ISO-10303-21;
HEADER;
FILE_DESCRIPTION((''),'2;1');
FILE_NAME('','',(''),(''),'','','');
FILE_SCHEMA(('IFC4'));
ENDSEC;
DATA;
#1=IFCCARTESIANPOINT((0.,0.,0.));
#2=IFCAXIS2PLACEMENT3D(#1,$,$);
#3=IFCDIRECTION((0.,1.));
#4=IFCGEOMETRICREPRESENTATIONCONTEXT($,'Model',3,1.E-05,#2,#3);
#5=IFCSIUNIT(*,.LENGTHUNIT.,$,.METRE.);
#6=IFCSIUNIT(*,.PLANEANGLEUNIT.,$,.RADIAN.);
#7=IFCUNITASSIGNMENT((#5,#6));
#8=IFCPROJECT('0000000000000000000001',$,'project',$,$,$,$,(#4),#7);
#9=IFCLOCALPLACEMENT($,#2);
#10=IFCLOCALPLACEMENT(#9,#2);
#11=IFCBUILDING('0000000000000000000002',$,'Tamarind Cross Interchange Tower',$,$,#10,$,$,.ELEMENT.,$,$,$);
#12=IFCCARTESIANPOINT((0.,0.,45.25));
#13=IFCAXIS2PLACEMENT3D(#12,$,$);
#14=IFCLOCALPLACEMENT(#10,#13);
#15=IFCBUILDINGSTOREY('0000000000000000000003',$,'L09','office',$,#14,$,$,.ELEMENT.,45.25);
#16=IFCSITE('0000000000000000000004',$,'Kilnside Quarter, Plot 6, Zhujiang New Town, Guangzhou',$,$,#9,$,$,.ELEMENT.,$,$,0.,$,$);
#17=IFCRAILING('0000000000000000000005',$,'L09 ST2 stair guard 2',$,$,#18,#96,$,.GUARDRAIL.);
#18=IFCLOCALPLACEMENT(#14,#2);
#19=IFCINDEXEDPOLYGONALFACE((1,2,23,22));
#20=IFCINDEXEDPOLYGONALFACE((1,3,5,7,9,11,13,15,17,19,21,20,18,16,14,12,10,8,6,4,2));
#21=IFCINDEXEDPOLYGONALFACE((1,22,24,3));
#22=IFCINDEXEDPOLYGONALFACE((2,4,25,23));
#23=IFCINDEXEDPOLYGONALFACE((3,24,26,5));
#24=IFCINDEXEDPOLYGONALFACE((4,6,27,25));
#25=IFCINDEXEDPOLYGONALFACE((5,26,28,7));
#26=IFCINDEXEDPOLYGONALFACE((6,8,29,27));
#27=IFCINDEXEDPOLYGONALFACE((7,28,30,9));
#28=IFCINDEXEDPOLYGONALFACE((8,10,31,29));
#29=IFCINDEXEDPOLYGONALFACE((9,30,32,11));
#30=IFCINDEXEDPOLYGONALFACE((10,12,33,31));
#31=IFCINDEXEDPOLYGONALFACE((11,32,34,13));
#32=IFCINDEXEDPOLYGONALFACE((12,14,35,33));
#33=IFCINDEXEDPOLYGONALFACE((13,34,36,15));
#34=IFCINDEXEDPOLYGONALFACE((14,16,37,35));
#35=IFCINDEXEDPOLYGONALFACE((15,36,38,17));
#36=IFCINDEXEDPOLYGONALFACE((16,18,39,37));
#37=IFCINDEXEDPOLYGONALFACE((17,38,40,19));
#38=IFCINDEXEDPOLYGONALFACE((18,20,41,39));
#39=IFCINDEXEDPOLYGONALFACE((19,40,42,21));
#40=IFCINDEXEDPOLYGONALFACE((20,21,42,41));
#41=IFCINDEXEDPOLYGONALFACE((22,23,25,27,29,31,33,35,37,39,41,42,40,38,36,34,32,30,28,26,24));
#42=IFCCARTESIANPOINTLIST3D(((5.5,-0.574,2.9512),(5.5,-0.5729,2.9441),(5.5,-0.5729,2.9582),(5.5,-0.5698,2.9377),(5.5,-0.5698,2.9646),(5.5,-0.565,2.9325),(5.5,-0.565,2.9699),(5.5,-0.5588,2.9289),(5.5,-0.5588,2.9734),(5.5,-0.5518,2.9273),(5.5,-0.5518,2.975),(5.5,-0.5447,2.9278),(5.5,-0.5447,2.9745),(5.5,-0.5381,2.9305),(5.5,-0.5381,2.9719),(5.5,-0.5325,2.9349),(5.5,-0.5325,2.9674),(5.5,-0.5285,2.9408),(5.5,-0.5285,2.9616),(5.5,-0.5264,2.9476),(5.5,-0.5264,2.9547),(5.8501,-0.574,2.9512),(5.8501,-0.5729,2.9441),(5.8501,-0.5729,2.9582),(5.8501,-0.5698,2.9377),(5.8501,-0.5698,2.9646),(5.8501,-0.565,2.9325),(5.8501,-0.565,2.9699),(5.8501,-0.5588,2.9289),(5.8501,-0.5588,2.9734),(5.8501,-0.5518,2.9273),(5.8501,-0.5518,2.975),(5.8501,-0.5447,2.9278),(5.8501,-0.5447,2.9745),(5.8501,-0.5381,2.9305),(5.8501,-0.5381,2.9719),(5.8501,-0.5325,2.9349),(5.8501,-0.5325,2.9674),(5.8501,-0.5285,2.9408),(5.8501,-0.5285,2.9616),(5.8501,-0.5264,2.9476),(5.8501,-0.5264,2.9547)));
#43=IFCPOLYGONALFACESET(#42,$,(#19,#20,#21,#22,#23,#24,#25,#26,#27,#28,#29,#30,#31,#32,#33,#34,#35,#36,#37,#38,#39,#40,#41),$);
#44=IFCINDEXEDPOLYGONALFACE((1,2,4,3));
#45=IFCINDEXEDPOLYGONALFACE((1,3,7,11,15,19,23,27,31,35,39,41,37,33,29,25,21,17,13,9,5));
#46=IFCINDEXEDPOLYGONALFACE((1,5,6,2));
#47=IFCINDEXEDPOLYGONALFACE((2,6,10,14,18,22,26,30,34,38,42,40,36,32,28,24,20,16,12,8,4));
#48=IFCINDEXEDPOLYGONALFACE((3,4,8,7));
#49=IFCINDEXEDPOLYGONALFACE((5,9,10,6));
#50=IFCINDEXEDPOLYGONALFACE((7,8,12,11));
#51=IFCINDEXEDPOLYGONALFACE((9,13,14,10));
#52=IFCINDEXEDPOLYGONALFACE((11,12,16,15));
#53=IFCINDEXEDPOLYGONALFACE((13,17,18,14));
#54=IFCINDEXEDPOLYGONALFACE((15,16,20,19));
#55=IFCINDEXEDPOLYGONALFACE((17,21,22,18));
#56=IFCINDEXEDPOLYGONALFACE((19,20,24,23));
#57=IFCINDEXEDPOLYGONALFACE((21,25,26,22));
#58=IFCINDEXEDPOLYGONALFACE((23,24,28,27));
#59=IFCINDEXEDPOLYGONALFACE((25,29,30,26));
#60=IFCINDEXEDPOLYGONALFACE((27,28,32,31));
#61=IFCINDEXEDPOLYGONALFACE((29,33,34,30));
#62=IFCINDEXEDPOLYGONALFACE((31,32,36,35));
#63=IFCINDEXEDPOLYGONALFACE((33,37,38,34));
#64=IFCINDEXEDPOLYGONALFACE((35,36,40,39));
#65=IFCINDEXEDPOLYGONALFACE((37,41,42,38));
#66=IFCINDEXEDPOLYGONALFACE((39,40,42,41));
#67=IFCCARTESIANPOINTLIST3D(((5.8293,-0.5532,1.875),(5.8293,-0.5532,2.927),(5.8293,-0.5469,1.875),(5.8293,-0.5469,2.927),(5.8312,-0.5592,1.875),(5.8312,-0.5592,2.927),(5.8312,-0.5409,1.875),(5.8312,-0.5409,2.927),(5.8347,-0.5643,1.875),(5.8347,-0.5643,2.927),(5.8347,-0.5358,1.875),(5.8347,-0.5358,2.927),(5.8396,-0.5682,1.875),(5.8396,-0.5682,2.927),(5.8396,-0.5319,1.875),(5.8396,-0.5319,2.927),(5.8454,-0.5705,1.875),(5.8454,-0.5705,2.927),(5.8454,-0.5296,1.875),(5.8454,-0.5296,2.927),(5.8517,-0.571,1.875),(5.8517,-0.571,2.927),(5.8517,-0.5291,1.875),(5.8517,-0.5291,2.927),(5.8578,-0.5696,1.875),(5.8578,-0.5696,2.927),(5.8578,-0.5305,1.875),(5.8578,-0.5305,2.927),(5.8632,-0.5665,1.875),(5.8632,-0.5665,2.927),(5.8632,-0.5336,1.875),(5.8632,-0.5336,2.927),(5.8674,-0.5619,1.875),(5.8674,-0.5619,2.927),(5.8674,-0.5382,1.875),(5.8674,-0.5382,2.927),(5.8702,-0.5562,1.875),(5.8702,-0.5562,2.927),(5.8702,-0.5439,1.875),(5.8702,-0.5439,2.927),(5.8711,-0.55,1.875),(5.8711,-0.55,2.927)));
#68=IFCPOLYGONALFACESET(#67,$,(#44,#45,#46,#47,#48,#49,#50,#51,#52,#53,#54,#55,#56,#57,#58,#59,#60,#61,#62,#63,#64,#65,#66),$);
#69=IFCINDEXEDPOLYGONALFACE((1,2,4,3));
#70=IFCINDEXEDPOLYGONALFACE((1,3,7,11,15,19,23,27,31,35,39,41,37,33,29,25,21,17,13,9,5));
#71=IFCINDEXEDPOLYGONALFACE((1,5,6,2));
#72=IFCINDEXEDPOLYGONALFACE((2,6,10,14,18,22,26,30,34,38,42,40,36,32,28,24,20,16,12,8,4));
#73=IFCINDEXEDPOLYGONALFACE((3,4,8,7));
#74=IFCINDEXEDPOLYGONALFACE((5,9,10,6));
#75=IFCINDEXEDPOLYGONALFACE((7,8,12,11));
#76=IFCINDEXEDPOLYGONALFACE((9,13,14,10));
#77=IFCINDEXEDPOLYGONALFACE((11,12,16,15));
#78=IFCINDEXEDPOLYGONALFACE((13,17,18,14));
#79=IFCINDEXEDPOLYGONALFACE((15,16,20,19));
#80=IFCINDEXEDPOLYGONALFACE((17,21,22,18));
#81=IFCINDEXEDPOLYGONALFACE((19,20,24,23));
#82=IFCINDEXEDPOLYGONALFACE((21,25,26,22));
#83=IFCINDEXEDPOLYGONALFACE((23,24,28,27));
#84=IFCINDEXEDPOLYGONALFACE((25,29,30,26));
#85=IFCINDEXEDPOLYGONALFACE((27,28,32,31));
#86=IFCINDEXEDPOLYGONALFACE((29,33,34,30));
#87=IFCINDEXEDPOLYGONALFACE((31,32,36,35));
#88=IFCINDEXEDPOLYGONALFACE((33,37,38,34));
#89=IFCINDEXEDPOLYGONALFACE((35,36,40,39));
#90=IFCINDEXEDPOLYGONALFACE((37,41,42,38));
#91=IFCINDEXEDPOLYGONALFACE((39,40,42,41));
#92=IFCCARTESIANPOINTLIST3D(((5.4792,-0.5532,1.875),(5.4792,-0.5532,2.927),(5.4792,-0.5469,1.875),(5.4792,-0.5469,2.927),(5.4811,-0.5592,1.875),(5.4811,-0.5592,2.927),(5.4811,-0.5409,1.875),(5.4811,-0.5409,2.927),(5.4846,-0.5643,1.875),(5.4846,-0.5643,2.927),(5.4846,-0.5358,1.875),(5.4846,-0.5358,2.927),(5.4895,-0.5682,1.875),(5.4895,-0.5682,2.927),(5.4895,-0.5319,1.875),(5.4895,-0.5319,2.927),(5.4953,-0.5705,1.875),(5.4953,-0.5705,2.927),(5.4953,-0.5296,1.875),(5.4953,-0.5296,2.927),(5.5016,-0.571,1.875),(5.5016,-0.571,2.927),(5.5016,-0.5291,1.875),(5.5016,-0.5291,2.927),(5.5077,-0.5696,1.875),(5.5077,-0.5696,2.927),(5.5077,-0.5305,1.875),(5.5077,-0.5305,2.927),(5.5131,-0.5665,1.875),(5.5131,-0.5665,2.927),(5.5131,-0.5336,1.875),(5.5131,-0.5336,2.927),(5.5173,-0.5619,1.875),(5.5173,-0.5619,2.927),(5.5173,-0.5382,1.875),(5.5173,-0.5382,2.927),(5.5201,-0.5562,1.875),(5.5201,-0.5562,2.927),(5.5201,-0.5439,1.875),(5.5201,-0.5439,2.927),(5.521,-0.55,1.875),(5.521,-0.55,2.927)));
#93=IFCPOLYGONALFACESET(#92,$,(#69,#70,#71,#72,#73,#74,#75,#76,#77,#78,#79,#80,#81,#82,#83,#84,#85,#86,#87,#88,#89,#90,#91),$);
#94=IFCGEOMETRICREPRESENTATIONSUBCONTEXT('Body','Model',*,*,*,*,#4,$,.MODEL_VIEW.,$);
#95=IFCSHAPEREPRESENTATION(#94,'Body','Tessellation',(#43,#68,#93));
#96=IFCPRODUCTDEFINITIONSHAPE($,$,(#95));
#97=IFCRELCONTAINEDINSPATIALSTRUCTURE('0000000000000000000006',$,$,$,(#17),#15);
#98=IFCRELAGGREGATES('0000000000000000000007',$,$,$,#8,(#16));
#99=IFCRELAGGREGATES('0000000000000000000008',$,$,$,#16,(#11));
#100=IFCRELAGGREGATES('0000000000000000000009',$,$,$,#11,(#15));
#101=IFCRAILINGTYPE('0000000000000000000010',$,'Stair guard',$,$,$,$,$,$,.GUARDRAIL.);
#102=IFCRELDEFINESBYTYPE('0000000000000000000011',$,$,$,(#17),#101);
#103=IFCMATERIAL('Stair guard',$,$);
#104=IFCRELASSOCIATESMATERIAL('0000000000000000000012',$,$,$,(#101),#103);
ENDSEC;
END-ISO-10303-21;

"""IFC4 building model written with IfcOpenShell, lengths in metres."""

from ifc_helpers import new_model, si_unit, direction, frame, origin, origin_2d, place, context, subcontext, project, spatial, circle, extrude, material, type_object, element, save


model = new_model("IFC4")

# Units and contexts
model_context = context("Model", 3, precision=1e-05, world=origin(), true_north=direction((0.0, 1.0)))
body_context = subcontext(model_context, "Body", "Model", "MODEL_VIEW")
ifc_project = project(units=[si_unit("LENGTHUNIT", "METRE"), si_unit("PLANEANGLEUNIT", "RADIAN")], contexts=[model_context])

# Site, building, storey
site_placement = place(None, origin())
site = spatial("IfcSite", under=ifc_project, at=site_placement, Name="Kilnside Quarter, Plot 6, Zhujiang New Town, Guangzhou", CompositionType="ELEMENT", RefElevation=0.0)
building_placement = place(site_placement, origin())
building = spatial("IfcBuilding", under=site, at=building_placement, Name="Tamarind Cross Interchange Tower", CompositionType="ELEMENT")
storey_placement = place(building_placement, frame((0.0, 0.0, 45.25)))
storey = spatial("IfcBuildingStorey", under=building, at=storey_placement, Name="L09", Description="office", CompositionType="ELEMENT", Elevation=45.25)

# Railing
ifc_material_1 = material(Name="Stair guard")
railing_type_1 = type_object("IfcRailingType", Name="Stair guard", PredefinedType="GUARDRAIL", material=ifc_material_1)
railing_1_placement = place(storey_placement, frame((5.8501, -0.55, 1.875)))
element("IfcRailing", 1, at=railing_1_placement, inside=storey, type_object=railing_type_1, Name="L09 ST2 stair guard 2", PredefinedType="GUARDRAIL", context=body_context, shape_type="SweptSolid", body=[
    extrude(circle(Radius=0.0239, at=origin_2d()), frame((0.0, 0.0, 1.0762), z_axis=(-1.0, 0.0, 0.0), x_axis=(0.0, -1.0, 0.0)), (0.0, 0.0, 1.0), 0.3501),
    extrude(circle(Radius=0.021, at=origin_2d()), origin(), (0.0, 0.0, 1.0), 1.052),
    extrude(circle(Radius=0.021, at=origin_2d()), frame((-0.3501, 0.0, 0.0)), (0.0, 0.0, 1.0), 1.052),
])

save(model, "model.ifc")
